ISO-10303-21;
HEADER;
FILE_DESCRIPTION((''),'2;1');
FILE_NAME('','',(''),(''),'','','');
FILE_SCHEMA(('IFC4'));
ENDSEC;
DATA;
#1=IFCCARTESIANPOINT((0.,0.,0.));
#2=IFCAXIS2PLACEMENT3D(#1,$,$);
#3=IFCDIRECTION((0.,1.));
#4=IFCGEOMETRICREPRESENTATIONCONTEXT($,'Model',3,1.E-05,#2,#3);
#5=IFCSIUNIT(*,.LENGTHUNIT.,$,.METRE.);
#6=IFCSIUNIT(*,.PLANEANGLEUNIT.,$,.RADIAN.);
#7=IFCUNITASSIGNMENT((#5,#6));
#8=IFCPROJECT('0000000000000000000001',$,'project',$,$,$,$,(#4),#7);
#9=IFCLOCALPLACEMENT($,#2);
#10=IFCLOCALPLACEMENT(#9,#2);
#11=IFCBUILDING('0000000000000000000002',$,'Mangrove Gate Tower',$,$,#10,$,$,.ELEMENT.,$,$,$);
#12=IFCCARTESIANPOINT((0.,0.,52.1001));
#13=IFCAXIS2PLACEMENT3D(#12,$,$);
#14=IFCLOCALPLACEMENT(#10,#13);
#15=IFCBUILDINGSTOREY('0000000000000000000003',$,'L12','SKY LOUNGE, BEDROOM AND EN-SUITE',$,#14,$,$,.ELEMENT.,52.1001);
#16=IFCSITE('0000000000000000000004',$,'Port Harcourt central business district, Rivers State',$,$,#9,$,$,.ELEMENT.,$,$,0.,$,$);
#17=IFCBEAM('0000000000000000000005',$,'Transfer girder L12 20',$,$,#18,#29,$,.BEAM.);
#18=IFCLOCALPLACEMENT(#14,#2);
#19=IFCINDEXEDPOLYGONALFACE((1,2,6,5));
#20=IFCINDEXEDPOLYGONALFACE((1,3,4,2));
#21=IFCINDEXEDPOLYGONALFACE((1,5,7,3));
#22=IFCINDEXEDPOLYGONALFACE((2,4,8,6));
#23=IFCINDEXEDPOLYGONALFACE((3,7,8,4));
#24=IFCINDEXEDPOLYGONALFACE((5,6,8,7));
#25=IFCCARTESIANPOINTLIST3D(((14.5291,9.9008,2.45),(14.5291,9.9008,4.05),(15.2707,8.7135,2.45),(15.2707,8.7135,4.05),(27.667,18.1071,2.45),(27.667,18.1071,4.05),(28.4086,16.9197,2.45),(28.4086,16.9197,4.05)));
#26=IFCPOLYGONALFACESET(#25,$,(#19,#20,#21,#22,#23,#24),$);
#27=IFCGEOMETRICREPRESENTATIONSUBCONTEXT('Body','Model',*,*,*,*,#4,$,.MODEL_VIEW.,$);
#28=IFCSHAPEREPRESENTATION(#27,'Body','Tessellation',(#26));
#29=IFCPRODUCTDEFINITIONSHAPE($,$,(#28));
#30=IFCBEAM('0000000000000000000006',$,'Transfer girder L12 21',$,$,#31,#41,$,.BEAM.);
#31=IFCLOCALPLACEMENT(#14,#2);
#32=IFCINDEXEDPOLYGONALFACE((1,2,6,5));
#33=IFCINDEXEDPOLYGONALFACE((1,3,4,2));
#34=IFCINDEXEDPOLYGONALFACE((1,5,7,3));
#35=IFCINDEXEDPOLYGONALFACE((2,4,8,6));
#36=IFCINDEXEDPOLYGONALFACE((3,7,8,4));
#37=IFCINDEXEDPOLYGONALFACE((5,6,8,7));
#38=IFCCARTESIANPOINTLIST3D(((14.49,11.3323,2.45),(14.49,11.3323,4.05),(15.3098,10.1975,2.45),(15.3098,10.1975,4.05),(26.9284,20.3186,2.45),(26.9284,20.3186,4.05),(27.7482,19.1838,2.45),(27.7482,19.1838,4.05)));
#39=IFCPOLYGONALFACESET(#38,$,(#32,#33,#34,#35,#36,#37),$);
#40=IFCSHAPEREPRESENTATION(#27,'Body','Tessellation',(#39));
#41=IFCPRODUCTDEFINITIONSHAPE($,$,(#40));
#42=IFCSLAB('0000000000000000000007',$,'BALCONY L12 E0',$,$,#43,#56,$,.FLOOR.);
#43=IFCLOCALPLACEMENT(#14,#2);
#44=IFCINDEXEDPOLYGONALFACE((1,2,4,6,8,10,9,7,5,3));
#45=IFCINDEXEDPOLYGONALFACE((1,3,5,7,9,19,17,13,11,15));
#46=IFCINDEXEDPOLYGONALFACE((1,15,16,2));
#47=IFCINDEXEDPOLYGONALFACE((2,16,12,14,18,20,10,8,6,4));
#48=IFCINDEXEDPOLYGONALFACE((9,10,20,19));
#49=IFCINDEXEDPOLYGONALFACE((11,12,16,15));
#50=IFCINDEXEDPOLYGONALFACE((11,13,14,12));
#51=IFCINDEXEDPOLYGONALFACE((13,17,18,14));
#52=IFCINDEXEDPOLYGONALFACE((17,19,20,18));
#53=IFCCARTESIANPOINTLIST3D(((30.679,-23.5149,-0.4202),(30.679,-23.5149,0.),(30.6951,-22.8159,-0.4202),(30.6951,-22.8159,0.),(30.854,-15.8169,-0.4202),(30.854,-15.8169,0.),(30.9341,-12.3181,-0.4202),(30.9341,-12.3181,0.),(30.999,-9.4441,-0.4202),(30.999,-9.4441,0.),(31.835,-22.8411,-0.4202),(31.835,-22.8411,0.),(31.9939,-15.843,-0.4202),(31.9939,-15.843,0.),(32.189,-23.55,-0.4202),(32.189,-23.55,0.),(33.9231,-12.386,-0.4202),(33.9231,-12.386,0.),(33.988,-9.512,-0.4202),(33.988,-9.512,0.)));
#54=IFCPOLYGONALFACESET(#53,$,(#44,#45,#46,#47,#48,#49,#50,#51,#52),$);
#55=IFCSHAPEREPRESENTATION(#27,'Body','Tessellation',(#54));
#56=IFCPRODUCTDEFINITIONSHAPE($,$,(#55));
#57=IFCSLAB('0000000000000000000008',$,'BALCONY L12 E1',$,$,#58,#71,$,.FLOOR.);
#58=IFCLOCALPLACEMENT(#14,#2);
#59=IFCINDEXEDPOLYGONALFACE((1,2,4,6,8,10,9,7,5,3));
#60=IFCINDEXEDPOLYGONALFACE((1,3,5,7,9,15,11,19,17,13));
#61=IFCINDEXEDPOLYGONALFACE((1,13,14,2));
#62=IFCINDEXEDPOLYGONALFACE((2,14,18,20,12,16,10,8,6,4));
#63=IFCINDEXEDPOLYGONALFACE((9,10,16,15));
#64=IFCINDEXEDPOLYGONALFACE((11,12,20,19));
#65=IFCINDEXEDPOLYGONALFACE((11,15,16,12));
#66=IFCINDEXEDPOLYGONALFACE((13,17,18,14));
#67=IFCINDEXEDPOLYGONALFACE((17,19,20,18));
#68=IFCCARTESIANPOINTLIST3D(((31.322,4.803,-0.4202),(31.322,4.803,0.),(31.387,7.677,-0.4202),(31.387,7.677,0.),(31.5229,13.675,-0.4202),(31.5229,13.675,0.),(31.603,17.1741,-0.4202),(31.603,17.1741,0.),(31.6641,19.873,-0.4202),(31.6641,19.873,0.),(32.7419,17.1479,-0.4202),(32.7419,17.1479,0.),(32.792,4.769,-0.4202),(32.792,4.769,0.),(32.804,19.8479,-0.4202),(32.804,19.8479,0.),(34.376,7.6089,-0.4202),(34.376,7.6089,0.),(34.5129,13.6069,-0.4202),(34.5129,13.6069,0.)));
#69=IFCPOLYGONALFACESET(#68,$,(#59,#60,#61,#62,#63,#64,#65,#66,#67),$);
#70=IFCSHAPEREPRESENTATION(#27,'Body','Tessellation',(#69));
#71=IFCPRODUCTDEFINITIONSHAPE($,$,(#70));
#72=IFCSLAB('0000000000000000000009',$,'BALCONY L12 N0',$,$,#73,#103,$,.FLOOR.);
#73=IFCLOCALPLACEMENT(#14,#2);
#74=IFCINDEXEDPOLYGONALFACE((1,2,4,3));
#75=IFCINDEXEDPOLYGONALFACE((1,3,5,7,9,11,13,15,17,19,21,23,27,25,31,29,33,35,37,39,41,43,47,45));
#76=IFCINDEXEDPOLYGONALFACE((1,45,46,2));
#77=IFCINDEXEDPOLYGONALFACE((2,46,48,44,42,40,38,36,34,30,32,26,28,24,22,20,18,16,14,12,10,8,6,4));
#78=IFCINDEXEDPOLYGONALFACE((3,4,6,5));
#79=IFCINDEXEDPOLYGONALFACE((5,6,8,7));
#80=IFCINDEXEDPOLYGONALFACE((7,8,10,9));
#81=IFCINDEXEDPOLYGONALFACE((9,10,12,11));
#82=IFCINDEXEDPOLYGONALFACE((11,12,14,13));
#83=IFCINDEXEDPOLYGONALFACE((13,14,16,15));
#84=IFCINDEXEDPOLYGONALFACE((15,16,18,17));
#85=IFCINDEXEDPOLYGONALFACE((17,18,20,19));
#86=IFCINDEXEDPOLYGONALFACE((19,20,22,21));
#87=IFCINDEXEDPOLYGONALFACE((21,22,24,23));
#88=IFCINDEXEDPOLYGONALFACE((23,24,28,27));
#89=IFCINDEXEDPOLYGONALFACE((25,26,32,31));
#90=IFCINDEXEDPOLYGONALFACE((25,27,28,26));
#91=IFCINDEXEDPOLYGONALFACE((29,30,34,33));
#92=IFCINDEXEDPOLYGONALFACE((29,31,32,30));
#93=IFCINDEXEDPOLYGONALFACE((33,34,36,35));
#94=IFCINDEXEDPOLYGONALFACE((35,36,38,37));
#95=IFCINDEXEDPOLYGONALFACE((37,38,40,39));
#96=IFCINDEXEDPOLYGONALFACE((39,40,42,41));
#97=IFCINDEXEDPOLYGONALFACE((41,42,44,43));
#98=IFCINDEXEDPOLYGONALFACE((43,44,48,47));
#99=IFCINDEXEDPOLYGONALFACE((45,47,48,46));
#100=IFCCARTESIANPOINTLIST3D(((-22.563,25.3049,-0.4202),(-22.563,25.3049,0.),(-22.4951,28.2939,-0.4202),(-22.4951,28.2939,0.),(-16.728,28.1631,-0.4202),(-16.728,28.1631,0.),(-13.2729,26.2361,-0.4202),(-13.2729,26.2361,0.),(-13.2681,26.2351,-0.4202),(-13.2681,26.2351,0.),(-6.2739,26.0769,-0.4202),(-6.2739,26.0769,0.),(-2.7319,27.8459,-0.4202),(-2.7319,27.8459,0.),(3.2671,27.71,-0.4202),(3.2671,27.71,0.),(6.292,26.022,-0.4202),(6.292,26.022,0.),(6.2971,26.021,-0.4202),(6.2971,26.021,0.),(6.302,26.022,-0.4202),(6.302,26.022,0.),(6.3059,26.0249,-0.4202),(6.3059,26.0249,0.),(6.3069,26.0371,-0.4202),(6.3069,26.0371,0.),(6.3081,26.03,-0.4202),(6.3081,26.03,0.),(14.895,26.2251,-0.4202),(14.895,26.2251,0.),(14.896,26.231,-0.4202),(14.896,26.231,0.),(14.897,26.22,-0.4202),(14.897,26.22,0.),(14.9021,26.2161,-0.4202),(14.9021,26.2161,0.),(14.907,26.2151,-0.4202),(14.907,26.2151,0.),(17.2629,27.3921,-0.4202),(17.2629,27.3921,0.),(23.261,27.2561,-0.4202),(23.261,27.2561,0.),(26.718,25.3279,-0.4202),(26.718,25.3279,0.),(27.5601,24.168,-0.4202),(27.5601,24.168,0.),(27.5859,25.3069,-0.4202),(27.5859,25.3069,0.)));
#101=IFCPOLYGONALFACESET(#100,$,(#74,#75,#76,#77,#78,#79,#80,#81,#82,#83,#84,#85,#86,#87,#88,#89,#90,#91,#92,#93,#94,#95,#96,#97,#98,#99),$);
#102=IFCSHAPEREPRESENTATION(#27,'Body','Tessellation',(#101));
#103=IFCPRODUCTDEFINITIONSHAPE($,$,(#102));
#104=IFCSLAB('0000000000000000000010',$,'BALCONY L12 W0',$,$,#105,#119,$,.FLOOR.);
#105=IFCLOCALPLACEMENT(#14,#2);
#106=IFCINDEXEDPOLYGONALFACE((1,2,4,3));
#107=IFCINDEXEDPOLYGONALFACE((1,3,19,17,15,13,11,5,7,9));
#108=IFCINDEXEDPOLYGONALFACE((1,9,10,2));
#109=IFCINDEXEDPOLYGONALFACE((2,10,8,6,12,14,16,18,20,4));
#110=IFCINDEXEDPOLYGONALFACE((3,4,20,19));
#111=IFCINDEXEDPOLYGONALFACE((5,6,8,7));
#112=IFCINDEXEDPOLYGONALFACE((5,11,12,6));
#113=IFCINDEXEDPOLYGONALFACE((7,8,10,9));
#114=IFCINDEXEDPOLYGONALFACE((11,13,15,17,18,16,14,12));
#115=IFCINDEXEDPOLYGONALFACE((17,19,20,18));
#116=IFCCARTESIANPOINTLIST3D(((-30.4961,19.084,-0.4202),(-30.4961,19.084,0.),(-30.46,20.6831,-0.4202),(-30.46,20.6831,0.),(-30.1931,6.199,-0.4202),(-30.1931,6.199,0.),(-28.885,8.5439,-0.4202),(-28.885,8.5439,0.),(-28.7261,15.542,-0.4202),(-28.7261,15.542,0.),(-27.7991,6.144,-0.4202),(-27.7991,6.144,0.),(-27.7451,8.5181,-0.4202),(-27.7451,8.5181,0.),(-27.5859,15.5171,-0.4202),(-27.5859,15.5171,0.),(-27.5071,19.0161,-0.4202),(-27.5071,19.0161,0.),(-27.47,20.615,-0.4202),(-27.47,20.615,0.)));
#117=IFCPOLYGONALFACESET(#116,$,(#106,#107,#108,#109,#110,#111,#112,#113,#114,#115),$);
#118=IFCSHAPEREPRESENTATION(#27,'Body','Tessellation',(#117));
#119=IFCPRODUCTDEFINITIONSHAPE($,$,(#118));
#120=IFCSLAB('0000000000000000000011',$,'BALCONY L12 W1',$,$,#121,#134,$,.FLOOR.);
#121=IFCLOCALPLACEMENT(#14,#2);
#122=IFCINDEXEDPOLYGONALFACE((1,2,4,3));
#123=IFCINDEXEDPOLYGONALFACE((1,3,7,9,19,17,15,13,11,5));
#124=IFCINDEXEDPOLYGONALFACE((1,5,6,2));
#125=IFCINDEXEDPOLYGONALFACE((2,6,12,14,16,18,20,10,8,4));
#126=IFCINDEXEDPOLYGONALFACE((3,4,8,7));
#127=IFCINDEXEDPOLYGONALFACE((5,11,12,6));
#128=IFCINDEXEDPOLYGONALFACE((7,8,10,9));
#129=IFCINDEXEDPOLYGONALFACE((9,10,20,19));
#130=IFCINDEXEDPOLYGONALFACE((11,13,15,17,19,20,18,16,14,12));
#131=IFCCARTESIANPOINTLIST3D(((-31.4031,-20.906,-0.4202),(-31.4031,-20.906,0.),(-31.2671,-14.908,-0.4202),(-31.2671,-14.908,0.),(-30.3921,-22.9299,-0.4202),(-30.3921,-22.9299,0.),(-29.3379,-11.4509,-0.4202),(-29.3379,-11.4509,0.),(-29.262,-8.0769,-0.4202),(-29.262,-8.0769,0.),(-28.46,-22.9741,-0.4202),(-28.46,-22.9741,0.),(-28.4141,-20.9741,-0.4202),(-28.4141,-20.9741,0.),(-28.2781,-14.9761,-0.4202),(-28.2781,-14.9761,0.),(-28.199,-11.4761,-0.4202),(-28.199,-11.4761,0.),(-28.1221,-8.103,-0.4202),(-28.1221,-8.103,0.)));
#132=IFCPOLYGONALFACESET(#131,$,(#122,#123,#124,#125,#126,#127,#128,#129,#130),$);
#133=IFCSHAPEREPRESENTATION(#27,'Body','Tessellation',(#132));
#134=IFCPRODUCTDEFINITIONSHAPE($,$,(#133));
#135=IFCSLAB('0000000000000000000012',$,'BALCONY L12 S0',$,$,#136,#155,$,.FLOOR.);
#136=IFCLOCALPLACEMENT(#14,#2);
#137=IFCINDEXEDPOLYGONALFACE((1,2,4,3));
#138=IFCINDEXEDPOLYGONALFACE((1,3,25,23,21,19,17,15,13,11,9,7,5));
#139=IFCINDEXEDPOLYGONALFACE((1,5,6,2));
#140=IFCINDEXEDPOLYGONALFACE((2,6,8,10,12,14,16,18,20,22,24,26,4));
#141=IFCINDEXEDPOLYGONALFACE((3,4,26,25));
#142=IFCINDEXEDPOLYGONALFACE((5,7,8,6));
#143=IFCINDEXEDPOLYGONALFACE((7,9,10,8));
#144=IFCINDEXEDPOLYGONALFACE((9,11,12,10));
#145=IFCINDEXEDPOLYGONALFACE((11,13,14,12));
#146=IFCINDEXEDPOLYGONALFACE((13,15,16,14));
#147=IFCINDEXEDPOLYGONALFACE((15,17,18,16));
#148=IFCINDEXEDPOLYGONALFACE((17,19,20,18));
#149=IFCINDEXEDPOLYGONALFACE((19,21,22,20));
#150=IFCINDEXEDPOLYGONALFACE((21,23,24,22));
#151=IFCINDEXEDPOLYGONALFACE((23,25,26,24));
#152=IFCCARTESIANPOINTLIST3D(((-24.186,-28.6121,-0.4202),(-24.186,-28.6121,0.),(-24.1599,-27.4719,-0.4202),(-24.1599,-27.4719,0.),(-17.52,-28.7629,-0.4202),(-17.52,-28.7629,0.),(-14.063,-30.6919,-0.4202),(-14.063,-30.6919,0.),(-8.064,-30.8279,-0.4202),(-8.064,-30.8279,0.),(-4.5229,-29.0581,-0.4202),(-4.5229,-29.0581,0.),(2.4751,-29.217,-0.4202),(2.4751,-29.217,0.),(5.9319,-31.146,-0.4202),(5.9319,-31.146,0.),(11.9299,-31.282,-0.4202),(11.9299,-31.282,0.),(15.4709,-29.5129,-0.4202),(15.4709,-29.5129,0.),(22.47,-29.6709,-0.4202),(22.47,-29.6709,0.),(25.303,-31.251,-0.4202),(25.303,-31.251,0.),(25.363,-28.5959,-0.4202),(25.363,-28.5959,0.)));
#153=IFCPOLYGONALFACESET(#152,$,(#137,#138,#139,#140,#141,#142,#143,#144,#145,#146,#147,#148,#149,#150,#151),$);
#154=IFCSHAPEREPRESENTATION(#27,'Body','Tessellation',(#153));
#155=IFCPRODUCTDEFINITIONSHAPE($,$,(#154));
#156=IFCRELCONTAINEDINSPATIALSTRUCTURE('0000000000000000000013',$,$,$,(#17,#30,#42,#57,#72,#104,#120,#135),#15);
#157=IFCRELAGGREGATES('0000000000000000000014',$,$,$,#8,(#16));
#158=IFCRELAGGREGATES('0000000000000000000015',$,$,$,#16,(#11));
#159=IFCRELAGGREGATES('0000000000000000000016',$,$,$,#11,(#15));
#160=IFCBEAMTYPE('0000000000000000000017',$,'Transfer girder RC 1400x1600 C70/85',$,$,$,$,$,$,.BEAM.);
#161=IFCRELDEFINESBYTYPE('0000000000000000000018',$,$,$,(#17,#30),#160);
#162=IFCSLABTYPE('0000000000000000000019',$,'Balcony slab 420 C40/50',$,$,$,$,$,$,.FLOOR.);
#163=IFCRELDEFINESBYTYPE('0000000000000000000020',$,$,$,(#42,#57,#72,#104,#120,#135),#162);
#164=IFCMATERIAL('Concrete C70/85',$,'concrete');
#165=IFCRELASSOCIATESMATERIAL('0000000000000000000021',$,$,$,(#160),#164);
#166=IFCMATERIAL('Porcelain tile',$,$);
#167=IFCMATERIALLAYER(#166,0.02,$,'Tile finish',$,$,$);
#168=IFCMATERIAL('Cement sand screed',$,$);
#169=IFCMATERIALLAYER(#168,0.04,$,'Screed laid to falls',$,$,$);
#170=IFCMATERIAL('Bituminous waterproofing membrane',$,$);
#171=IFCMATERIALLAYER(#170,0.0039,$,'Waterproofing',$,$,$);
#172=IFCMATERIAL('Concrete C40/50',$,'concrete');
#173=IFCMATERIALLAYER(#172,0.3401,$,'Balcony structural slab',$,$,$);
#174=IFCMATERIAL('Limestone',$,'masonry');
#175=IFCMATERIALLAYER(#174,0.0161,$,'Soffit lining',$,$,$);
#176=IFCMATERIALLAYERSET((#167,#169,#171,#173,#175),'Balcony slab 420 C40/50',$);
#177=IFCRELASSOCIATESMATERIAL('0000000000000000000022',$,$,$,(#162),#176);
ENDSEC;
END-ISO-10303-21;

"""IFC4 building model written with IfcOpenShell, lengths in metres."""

from ifc_helpers import new_model, si_unit, direction, frame, origin, origin_2d, place, context, subcontext, project, spatial, polyline, rectangle, outline, extrude, material, layer, layer_set, material_profile, profile_set, type_object, element, save


model = new_model("IFC4")

# Units and contexts
model_context = context("Model", 3, precision=1e-05, world=origin(), true_north=direction((0.0, 1.0)))
body_context = subcontext(model_context, "Body", "Model", "MODEL_VIEW")
ifc_project = project(units=[si_unit("LENGTHUNIT", "METRE"), si_unit("PLANEANGLEUNIT", "RADIAN")], contexts=[model_context])

# Site, building, storey
site_placement = place(None, origin())
site = spatial("IfcSite", under=ifc_project, at=site_placement, Name="Port Harcourt central business district, Rivers State", CompositionType="ELEMENT", RefElevation=0.0)
building_placement = place(site_placement, origin())
building = spatial("IfcBuilding", under=site, at=building_placement, Name="Mangrove Gate Tower", CompositionType="ELEMENT")
storey_placement = place(building_placement, frame((0.0, 0.0, 52.1001)))
storey = spatial("IfcBuildingStorey", under=building, at=storey_placement, Name="L12", Description="SKY LOUNGE, BEDROOM AND EN-SUITE", CompositionType="ELEMENT", Elevation=52.1001)

# Beams
ifc_material_1 = material(Name="Concrete C70/85", Category="concrete")
ifc_material_profile = material_profile(ifc_material_1, rectangle(XDim=1.3999, YDim=1.6001, at=origin_2d()))
ifc_profile_set = profile_set([ifc_material_profile], Name="Concrete C70/85")
beam_type = type_object("IfcBeamType", Name="Transfer girder RC 1400x1600 C70/85", PredefinedType="BEAM", material=ifc_profile_set)
beam_1_placement = place(storey_placement, frame((14.8999, 9.3071, 3.25), z_axis=(0.848141, 0.529771, 0.0), x_axis=(-0.529771, 0.848141, 0.0)))
element("IfcBeam", 1, at=beam_1_placement, inside=storey, type_object=beam_type, Name="Transfer girder L12 20", PredefinedType="BEAM", context=body_context, shape_type="SweptSolid", body=[
    extrude(rectangle(XDim=1.3999, YDim=1.6001, at=origin_2d()), origin(), (0.0, 0.0, 1.0), 15.4902),
])
beam_2_placement = place(storey_placement, frame((14.8999, 10.7649, 3.25), z_axis=(0.810587, 0.585618, 0.0), x_axis=(-0.585618, 0.810587, 0.0)))
element("IfcBeam", 2, at=beam_2_placement, inside=storey, type_object=beam_type, Name="Transfer girder L12 21", PredefinedType="BEAM", context=body_context, shape_type="SweptSolid", body=[
    extrude(rectangle(XDim=1.3999, YDim=1.6001, at=origin_2d()), origin(), (0.0, 0.0, 1.0), 15.345),
])

# Slabs
ifc_material_2 = material(Name="Porcelain tile")
ifc_layer_1 = layer(ifc_material_2, 0.02, Name="Tile finish")
ifc_material_3 = material(Name="Cement sand screed")
ifc_layer_2 = layer(ifc_material_3, 0.04, Name="Screed laid to falls")
ifc_material_4 = material(Name="Bituminous waterproofing membrane")
ifc_layer_3 = layer(ifc_material_4, 0.0039, Name="Waterproofing")
ifc_material_5 = material(Name="Concrete C40/50", Category="concrete")
ifc_layer_4 = layer(ifc_material_5, 0.3401, Name="Balcony structural slab")
ifc_material_6 = material(Name="Limestone", Category="masonry")
ifc_layer_5 = layer(ifc_material_6, 0.0161, Name="Soffit lining")
ifc_layer_set_1 = layer_set([ifc_layer_1, ifc_layer_2, ifc_layer_3, ifc_layer_4, ifc_layer_5], Name="Balcony slab 420 C40/50")
slab_type_1 = type_object("IfcSlabType", Name="Balcony slab 420 C40/50", PredefinedType="FLOOR", material=ifc_layer_set_1)
slab_1_placement = place(storey_placement, frame((0.0, 0.0, -0.4202)))
element("IfcSlab", 3, at=slab_1_placement, inside=storey, type_object=slab_type_1, Name="BALCONY L12 E0", PredefinedType="FLOOR", context=body_context, shape_type="SweptSolid", body=[
    extrude(outline(polyline([(32.189, -23.55), (31.835, -22.8411), (31.9939, -15.843), (33.9231, -12.386), (33.988, -9.512), (30.999, -9.4441), (30.9341, -12.3181), (30.854, -15.8169), (30.6951, -22.8159), (30.679, -23.5149), (32.189, -23.55)])), origin(), (0.0, 0.0, 1.0), 0.4202),
])
slab_2_placement = place(storey_placement, frame((0.0, 0.0, -0.4202)))
element("IfcSlab", 4, at=slab_2_placement, inside=storey, type_object=slab_type_1, Name="BALCONY L12 E1", PredefinedType="FLOOR", context=body_context, shape_type="SweptSolid", body=[
    extrude(outline(polyline([(32.792, 4.769), (34.376, 7.6089), (34.5129, 13.6069), (32.7419, 17.1479), (32.804, 19.8479), (31.6641, 19.873), (31.603, 17.1741), (31.5229, 13.675), (31.387, 7.677), (31.322, 4.803), (32.792, 4.769)])), origin(), (0.0, 0.0, 1.0), 0.4202),
])
slab_3_placement = place(storey_placement, frame((0.0, 0.0, -0.4202)))
element("IfcSlab", 5, at=slab_3_placement, inside=storey, type_object=slab_type_1, Name="BALCONY L12 N0", PredefinedType="FLOOR", context=body_context, shape_type="SweptSolid", body=[
    extrude(outline(polyline([(27.5601, 24.168), (27.5859, 25.3069), (26.718, 25.3279), (23.261, 27.2561), (17.2629, 27.3921), (14.907, 26.2151), (14.9021, 26.2161), (14.897, 26.22), (14.895, 26.2251), (14.896, 26.231), (6.3069, 26.0371), (6.3081, 26.03), (6.3059, 26.0249), (6.302, 26.022), (6.2971, 26.021), (6.292, 26.022), (3.2671, 27.71), (-2.7319, 27.8459), (-6.2739, 26.0769), (-13.2681, 26.2351), (-13.2729, 26.2361), (-16.728, 28.1631), (-22.4951, 28.2939), (-22.563, 25.3049), (27.5601, 24.168)])), origin(), (0.0, 0.0, 1.0), 0.4202),
])
slab_4_placement = place(storey_placement, frame((0.0, 0.0, -0.4202)))
element("IfcSlab", 6, at=slab_4_placement, inside=storey, type_object=slab_type_1, Name="BALCONY L12 W0", PredefinedType="FLOOR", context=body_context, shape_type="SweptSolid", body=[
    extrude(outline(polyline([(-30.46, 20.6831), (-30.4961, 19.084), (-28.7261, 15.542), (-28.885, 8.5439), (-30.1931, 6.199), (-27.7991, 6.144), (-27.7451, 8.5181), (-27.5859, 15.5171), (-27.5071, 19.0161), (-27.47, 20.615), (-30.46, 20.6831)])), origin(), (0.0, 0.0, 1.0), 0.4202),
])
slab_5_placement = place(storey_placement, frame((0.0, 0.0, -0.4202)))
element("IfcSlab", 7, at=slab_5_placement, inside=storey, type_object=slab_type_1, Name="BALCONY L12 W1", PredefinedType="FLOOR", context=body_context, shape_type="SweptSolid", body=[
    extrude(outline(polyline([(-29.262, -8.0769), (-29.3379, -11.4509), (-31.2671, -14.908), (-31.4031, -20.906), (-30.3921, -22.9299), (-28.46, -22.9741), (-28.4141, -20.9741), (-28.2781, -14.9761), (-28.199, -11.4761), (-28.1221, -8.103), (-29.262, -8.0769)])), origin(), (0.0, 0.0, 1.0), 0.4202),
])
slab_6_placement = place(storey_placement, frame((0.0, 0.0, -0.4202)))
element("IfcSlab", 8, at=slab_6_placement, inside=storey, type_object=slab_type_1, Name="BALCONY L12 S0", PredefinedType="FLOOR", context=body_context, shape_type="SweptSolid", body=[
    extrude(outline(polyline([(-24.186, -28.6121), (-17.52, -28.7629), (-14.063, -30.6919), (-8.064, -30.8279), (-4.5229, -29.0581), (2.4751, -29.217), (5.9319, -31.146), (11.9299, -31.282), (15.4709, -29.5129), (22.47, -29.6709), (25.303, -31.251), (25.363, -28.5959), (-24.1599, -27.4719), (-24.186, -28.6121)])), origin(), (0.0, 0.0, 1.0), 0.4202),
])

save(model, "model.ifc")
